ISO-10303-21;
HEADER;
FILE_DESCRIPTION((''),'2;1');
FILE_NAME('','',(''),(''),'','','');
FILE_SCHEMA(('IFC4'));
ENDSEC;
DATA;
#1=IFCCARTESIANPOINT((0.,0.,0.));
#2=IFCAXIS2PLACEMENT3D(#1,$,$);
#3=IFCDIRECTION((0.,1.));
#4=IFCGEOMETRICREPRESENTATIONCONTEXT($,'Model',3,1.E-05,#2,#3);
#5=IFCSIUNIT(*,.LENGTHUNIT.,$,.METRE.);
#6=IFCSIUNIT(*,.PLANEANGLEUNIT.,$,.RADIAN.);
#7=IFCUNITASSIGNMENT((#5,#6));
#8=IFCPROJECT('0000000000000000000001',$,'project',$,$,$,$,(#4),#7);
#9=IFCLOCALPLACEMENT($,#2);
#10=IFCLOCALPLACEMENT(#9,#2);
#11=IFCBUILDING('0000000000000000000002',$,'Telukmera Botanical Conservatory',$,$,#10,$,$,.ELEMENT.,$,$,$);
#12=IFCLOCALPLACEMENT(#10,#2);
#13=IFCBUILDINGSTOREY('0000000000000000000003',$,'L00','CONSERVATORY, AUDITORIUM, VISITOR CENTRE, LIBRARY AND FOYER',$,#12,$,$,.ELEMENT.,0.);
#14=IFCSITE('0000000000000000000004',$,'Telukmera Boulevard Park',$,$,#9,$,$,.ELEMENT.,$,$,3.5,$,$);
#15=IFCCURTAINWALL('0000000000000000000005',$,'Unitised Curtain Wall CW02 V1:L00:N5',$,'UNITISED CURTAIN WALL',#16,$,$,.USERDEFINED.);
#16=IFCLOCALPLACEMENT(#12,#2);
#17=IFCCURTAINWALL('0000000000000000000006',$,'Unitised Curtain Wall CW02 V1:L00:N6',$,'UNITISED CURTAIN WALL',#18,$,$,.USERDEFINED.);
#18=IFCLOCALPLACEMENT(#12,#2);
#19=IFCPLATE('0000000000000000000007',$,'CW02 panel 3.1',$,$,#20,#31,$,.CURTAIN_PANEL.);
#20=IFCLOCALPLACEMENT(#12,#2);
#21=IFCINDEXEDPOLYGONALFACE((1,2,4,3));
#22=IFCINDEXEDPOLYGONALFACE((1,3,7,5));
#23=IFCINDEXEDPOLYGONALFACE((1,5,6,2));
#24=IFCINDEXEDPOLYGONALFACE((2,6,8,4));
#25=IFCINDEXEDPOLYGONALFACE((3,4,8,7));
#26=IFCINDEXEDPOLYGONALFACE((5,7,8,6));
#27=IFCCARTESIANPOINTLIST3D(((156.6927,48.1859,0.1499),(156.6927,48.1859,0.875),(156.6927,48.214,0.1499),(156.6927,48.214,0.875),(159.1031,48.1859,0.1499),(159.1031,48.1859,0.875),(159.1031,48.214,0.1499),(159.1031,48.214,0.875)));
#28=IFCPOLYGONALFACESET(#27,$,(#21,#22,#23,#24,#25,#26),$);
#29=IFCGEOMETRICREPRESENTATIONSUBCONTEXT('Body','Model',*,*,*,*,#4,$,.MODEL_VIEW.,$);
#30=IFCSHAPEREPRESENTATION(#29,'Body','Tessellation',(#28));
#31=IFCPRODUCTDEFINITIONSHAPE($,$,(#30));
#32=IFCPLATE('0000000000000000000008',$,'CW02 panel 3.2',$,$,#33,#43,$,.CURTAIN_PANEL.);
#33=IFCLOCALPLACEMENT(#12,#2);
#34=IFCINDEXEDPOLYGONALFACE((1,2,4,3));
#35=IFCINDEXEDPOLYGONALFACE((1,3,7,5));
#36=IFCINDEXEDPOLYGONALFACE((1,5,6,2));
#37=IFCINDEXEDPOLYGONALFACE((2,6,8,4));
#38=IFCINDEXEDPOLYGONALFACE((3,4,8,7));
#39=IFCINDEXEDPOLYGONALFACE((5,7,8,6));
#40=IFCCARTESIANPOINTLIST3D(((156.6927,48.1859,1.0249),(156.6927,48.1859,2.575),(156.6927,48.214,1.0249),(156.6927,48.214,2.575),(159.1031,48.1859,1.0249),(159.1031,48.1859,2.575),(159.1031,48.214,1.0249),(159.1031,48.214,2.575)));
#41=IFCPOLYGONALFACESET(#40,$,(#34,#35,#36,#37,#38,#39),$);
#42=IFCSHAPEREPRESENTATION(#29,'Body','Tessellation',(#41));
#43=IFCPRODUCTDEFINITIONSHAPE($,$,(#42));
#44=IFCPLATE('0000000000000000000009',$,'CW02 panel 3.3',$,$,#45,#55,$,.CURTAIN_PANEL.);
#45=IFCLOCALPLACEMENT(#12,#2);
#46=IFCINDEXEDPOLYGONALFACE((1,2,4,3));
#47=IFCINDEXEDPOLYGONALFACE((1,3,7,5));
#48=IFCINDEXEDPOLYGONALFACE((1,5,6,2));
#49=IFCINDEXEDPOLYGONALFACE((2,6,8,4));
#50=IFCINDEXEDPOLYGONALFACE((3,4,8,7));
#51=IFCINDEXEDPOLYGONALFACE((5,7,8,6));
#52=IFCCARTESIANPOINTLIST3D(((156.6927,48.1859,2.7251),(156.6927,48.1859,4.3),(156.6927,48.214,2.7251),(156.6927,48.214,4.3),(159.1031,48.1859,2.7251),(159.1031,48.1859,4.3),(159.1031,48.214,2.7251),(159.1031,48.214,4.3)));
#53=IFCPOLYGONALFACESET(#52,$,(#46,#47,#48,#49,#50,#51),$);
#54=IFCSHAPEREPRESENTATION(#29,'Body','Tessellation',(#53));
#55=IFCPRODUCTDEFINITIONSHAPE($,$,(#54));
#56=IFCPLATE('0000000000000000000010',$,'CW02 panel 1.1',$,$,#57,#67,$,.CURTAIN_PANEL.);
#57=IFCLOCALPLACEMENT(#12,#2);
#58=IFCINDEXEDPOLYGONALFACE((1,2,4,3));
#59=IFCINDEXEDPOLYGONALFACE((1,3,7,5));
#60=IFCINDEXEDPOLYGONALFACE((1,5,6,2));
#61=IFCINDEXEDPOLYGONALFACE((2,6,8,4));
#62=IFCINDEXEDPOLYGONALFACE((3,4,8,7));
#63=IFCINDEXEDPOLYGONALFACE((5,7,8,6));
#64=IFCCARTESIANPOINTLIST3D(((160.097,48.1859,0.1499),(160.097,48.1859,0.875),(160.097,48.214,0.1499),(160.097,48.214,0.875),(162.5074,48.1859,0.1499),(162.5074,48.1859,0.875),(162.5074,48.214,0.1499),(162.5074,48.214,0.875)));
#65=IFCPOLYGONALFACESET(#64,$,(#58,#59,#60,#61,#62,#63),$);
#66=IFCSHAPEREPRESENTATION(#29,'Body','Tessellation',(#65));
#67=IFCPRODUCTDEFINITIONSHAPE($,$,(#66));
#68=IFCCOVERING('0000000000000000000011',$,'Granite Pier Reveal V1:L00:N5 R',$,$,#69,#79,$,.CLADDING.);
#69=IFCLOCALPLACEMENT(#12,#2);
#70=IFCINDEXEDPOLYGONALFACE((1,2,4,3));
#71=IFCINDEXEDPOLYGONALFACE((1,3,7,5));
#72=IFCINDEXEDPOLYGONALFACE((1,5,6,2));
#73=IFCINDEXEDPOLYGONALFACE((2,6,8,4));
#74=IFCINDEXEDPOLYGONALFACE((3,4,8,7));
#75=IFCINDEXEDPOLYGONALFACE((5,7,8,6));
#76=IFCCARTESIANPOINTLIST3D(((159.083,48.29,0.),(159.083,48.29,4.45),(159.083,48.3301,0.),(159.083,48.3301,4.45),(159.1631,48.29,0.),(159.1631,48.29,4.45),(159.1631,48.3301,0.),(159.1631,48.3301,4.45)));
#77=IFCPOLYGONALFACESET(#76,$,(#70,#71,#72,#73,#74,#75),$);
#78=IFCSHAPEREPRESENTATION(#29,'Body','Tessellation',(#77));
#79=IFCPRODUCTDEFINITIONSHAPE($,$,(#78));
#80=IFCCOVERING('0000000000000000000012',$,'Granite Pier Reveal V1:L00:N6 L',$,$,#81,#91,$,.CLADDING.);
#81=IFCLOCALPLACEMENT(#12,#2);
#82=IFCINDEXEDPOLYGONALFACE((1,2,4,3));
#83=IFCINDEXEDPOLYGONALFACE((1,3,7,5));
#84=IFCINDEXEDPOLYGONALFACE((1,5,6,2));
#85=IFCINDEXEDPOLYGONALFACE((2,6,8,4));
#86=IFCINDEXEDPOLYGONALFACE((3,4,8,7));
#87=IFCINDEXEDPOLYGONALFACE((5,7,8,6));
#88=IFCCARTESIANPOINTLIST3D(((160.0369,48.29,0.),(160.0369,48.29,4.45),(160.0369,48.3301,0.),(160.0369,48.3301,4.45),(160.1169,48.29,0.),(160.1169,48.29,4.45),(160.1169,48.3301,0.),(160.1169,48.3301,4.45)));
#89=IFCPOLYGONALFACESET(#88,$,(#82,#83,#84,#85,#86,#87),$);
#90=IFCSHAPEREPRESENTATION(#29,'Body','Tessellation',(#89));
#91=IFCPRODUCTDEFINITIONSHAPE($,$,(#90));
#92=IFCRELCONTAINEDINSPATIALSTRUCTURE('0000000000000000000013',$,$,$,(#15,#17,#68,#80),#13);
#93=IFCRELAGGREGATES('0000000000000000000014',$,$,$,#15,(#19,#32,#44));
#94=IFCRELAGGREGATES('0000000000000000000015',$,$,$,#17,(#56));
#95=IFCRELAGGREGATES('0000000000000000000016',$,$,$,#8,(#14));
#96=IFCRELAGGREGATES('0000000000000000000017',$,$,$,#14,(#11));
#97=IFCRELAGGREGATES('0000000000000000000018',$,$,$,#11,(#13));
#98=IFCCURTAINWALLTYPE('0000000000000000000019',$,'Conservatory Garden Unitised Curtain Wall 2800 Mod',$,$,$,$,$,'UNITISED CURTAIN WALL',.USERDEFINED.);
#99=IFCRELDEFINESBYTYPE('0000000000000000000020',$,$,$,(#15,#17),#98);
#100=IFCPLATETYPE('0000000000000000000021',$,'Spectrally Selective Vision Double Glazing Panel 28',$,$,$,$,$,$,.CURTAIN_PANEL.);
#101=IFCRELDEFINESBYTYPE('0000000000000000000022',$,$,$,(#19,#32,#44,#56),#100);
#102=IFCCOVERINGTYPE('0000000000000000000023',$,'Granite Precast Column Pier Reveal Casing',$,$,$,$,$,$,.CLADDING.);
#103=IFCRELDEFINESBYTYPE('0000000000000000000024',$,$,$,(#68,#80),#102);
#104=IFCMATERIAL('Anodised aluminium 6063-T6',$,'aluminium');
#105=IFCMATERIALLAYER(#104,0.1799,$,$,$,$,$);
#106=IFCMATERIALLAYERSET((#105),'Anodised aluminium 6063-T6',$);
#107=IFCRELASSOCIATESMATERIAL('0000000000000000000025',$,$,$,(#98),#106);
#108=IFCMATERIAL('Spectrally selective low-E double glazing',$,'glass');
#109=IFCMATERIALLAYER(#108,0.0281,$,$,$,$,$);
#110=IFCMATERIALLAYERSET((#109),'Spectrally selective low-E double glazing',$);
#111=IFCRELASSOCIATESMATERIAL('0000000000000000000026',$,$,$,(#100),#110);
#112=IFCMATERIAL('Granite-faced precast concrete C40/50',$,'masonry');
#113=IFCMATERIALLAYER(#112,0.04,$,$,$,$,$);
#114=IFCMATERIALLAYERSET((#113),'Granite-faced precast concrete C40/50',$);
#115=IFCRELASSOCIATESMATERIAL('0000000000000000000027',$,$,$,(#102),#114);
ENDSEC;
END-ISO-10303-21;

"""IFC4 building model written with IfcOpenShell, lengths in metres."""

from ifc_helpers import new_model, si_unit, direction, frame, origin, origin_2d, place, context, subcontext, project, spatial, rectangle, extrude, material, layer, layer_set, type_object, element, aggregate, save


model = new_model("IFC4")

# Units and contexts
model_context = context("Model", 3, precision=1e-05, world=origin(), true_north=direction((0.0, 1.0)))
body_context = subcontext(model_context, "Body", "Model", "MODEL_VIEW")
ifc_project = project(units=[si_unit("LENGTHUNIT", "METRE"), si_unit("PLANEANGLEUNIT", "RADIAN")], contexts=[model_context])

# Site, building, storey
site_placement = place(None, origin())
site = spatial("IfcSite", under=ifc_project, at=site_placement, Name="Telukmera Boulevard Park", CompositionType="ELEMENT", RefElevation=3.5)
building_placement = place(site_placement, origin())
building = spatial("IfcBuilding", under=site, at=building_placement, Name="Telukmera Botanical Conservatory", CompositionType="ELEMENT")
storey_placement = place(building_placement, origin())
storey = spatial("IfcBuildingStorey", under=building, at=storey_placement, Name="L00", Description="CONSERVATORY, AUDITORIUM, VISITOR CENTRE, LIBRARY AND FOYER", CompositionType="ELEMENT", Elevation=0.0)

# Curtain wall
ifc_material_1 = material(Name="Anodised aluminium 6063-T6", Category="aluminium")
ifc_layer_1 = layer(ifc_material_1, 0.1799)
ifc_layer_set_1 = layer_set([ifc_layer_1], Name="Anodised aluminium 6063-T6")
curtain_wall_type = type_object("IfcCurtainWallType", Name="Conservatory Garden Unitised Curtain Wall 2800 Mod", ElementType="UNITISED CURTAIN WALL", PredefinedType="USERDEFINED", material=ifc_layer_set_1)
curtain_wall_1_placement = place(storey_placement, origin())
curtain_wall_1 = element("IfcCurtainWall", 1, at=curtain_wall_1_placement, inside=storey, type_object=curtain_wall_type, Name="Unitised Curtain Wall CW02 V1:L00:N5", ObjectType="UNITISED CURTAIN WALL", PredefinedType="USERDEFINED")

# Curtain wall
curtain_wall_2_placement = place(storey_placement, origin())
curtain_wall_2 = element("IfcCurtainWall", 2, at=curtain_wall_2_placement, inside=storey, type_object=curtain_wall_type, Name="Unitised Curtain Wall CW02 V1:L00:N6", ObjectType="UNITISED CURTAIN WALL", PredefinedType="USERDEFINED")

# Plates
ifc_material_2 = material(Name="Spectrally selective low-E double glazing", Category="glass")
ifc_layer_2 = layer(ifc_material_2, 0.0281)
ifc_layer_set_2 = layer_set([ifc_layer_2], Name="Spectrally selective low-E double glazing")
plate_type = type_object("IfcPlateType", Name="Spectrally Selective Vision Double Glazing Panel 28", PredefinedType="CURTAIN_PANEL", material=ifc_layer_set_2)
plate_1_placement = place(storey_placement, frame((157.8979, 48.2, 0.1499), z_axis=(0.0, 0.0, 1.0), x_axis=(1.0, 0.0, 0.0)))
plate_1 = element("IfcPlate", 3, at=plate_1_placement, type_object=plate_type, Name="CW02 panel 3.1", PredefinedType="CURTAIN_PANEL", context=body_context, shape_type="SweptSolid", body=[
    extrude(rectangle(XDim=2.4104, YDim=0.0281, at=origin_2d()), origin(), (0.0, 0.0, 1.0), 0.7251),
])
plate_2_placement = place(storey_placement, frame((157.8979, 48.2, 1.0249), z_axis=(0.0, 0.0, 1.0), x_axis=(1.0, 0.0, 0.0)))
plate_2 = element("IfcPlate", 4, at=plate_2_placement, type_object=plate_type, Name="CW02 panel 3.2", PredefinedType="CURTAIN_PANEL", context=body_context, shape_type="SweptSolid", body=[
    extrude(rectangle(XDim=2.4104, YDim=0.0281, at=origin_2d()), origin(), (0.0, 0.0, 1.0), 1.55),
])
plate_3_placement = place(storey_placement, frame((157.8979, 48.2, 2.7251), z_axis=(0.0, 0.0, 1.0), x_axis=(1.0, 0.0, 0.0)))
plate_3 = element("IfcPlate", 5, at=plate_3_placement, type_object=plate_type, Name="CW02 panel 3.3", PredefinedType="CURTAIN_PANEL", context=body_context, shape_type="SweptSolid", body=[
    extrude(rectangle(XDim=2.4104, YDim=0.0281, at=origin_2d()), origin(), (0.0, 0.0, 1.0), 1.575),
])
aggregate(curtain_wall_1, [plate_1, plate_2, plate_3])
plate_4_placement = place(storey_placement, frame((161.3022, 48.2, 0.1499), z_axis=(0.0, 0.0, 1.0), x_axis=(1.0, 0.0, 0.0)))
plate_4 = element("IfcPlate", 6, at=plate_4_placement, type_object=plate_type, Name="CW02 panel 1.1", PredefinedType="CURTAIN_PANEL", context=body_context, shape_type="SweptSolid", body=[
    extrude(rectangle(XDim=2.4104, YDim=0.0281, at=origin_2d()), origin(), (0.0, 0.0, 1.0), 0.7251),
])
aggregate(curtain_wall_2, [plate_4])

# Coverings
ifc_material_3 = material(Name="Granite-faced precast concrete C40/50", Category="masonry")
ifc_layer_3 = layer(ifc_material_3, 0.04)
ifc_layer_set_3 = layer_set([ifc_layer_3], Name="Granite-faced precast concrete C40/50")
covering_type = type_object("IfcCoveringType", Name="Granite Precast Column Pier Reveal Casing", PredefinedType="CLADDING", material=ifc_layer_set_3)
for number, where, z_axis, x_axis, name in (
    (7, (159.123, 48.3101, 0.0), (0.0, 0.0, 1.0), (1.0, 0.0, 0.0), "Granite Pier Reveal V1:L00:N5 R"),
    (8, (160.0769, 48.3101, 0.0), (0.0, 0.0, 1.0), (1.0, 0.0, 0.0), "Granite Pier Reveal V1:L00:N6 L"),
):
    element("IfcCovering", number, at=place(storey_placement, frame(where, z_axis=z_axis, x_axis=x_axis)), inside=storey, type_object=covering_type, Name=name, PredefinedType="CLADDING", context=body_context, shape_type="SweptSolid", body=[
        extrude(rectangle(XDim=0.0801, YDim=0.04, at=origin_2d()), origin(), (0.0, 0.0, 1.0), 4.45),
    ])

save(model, "model.ifc")
